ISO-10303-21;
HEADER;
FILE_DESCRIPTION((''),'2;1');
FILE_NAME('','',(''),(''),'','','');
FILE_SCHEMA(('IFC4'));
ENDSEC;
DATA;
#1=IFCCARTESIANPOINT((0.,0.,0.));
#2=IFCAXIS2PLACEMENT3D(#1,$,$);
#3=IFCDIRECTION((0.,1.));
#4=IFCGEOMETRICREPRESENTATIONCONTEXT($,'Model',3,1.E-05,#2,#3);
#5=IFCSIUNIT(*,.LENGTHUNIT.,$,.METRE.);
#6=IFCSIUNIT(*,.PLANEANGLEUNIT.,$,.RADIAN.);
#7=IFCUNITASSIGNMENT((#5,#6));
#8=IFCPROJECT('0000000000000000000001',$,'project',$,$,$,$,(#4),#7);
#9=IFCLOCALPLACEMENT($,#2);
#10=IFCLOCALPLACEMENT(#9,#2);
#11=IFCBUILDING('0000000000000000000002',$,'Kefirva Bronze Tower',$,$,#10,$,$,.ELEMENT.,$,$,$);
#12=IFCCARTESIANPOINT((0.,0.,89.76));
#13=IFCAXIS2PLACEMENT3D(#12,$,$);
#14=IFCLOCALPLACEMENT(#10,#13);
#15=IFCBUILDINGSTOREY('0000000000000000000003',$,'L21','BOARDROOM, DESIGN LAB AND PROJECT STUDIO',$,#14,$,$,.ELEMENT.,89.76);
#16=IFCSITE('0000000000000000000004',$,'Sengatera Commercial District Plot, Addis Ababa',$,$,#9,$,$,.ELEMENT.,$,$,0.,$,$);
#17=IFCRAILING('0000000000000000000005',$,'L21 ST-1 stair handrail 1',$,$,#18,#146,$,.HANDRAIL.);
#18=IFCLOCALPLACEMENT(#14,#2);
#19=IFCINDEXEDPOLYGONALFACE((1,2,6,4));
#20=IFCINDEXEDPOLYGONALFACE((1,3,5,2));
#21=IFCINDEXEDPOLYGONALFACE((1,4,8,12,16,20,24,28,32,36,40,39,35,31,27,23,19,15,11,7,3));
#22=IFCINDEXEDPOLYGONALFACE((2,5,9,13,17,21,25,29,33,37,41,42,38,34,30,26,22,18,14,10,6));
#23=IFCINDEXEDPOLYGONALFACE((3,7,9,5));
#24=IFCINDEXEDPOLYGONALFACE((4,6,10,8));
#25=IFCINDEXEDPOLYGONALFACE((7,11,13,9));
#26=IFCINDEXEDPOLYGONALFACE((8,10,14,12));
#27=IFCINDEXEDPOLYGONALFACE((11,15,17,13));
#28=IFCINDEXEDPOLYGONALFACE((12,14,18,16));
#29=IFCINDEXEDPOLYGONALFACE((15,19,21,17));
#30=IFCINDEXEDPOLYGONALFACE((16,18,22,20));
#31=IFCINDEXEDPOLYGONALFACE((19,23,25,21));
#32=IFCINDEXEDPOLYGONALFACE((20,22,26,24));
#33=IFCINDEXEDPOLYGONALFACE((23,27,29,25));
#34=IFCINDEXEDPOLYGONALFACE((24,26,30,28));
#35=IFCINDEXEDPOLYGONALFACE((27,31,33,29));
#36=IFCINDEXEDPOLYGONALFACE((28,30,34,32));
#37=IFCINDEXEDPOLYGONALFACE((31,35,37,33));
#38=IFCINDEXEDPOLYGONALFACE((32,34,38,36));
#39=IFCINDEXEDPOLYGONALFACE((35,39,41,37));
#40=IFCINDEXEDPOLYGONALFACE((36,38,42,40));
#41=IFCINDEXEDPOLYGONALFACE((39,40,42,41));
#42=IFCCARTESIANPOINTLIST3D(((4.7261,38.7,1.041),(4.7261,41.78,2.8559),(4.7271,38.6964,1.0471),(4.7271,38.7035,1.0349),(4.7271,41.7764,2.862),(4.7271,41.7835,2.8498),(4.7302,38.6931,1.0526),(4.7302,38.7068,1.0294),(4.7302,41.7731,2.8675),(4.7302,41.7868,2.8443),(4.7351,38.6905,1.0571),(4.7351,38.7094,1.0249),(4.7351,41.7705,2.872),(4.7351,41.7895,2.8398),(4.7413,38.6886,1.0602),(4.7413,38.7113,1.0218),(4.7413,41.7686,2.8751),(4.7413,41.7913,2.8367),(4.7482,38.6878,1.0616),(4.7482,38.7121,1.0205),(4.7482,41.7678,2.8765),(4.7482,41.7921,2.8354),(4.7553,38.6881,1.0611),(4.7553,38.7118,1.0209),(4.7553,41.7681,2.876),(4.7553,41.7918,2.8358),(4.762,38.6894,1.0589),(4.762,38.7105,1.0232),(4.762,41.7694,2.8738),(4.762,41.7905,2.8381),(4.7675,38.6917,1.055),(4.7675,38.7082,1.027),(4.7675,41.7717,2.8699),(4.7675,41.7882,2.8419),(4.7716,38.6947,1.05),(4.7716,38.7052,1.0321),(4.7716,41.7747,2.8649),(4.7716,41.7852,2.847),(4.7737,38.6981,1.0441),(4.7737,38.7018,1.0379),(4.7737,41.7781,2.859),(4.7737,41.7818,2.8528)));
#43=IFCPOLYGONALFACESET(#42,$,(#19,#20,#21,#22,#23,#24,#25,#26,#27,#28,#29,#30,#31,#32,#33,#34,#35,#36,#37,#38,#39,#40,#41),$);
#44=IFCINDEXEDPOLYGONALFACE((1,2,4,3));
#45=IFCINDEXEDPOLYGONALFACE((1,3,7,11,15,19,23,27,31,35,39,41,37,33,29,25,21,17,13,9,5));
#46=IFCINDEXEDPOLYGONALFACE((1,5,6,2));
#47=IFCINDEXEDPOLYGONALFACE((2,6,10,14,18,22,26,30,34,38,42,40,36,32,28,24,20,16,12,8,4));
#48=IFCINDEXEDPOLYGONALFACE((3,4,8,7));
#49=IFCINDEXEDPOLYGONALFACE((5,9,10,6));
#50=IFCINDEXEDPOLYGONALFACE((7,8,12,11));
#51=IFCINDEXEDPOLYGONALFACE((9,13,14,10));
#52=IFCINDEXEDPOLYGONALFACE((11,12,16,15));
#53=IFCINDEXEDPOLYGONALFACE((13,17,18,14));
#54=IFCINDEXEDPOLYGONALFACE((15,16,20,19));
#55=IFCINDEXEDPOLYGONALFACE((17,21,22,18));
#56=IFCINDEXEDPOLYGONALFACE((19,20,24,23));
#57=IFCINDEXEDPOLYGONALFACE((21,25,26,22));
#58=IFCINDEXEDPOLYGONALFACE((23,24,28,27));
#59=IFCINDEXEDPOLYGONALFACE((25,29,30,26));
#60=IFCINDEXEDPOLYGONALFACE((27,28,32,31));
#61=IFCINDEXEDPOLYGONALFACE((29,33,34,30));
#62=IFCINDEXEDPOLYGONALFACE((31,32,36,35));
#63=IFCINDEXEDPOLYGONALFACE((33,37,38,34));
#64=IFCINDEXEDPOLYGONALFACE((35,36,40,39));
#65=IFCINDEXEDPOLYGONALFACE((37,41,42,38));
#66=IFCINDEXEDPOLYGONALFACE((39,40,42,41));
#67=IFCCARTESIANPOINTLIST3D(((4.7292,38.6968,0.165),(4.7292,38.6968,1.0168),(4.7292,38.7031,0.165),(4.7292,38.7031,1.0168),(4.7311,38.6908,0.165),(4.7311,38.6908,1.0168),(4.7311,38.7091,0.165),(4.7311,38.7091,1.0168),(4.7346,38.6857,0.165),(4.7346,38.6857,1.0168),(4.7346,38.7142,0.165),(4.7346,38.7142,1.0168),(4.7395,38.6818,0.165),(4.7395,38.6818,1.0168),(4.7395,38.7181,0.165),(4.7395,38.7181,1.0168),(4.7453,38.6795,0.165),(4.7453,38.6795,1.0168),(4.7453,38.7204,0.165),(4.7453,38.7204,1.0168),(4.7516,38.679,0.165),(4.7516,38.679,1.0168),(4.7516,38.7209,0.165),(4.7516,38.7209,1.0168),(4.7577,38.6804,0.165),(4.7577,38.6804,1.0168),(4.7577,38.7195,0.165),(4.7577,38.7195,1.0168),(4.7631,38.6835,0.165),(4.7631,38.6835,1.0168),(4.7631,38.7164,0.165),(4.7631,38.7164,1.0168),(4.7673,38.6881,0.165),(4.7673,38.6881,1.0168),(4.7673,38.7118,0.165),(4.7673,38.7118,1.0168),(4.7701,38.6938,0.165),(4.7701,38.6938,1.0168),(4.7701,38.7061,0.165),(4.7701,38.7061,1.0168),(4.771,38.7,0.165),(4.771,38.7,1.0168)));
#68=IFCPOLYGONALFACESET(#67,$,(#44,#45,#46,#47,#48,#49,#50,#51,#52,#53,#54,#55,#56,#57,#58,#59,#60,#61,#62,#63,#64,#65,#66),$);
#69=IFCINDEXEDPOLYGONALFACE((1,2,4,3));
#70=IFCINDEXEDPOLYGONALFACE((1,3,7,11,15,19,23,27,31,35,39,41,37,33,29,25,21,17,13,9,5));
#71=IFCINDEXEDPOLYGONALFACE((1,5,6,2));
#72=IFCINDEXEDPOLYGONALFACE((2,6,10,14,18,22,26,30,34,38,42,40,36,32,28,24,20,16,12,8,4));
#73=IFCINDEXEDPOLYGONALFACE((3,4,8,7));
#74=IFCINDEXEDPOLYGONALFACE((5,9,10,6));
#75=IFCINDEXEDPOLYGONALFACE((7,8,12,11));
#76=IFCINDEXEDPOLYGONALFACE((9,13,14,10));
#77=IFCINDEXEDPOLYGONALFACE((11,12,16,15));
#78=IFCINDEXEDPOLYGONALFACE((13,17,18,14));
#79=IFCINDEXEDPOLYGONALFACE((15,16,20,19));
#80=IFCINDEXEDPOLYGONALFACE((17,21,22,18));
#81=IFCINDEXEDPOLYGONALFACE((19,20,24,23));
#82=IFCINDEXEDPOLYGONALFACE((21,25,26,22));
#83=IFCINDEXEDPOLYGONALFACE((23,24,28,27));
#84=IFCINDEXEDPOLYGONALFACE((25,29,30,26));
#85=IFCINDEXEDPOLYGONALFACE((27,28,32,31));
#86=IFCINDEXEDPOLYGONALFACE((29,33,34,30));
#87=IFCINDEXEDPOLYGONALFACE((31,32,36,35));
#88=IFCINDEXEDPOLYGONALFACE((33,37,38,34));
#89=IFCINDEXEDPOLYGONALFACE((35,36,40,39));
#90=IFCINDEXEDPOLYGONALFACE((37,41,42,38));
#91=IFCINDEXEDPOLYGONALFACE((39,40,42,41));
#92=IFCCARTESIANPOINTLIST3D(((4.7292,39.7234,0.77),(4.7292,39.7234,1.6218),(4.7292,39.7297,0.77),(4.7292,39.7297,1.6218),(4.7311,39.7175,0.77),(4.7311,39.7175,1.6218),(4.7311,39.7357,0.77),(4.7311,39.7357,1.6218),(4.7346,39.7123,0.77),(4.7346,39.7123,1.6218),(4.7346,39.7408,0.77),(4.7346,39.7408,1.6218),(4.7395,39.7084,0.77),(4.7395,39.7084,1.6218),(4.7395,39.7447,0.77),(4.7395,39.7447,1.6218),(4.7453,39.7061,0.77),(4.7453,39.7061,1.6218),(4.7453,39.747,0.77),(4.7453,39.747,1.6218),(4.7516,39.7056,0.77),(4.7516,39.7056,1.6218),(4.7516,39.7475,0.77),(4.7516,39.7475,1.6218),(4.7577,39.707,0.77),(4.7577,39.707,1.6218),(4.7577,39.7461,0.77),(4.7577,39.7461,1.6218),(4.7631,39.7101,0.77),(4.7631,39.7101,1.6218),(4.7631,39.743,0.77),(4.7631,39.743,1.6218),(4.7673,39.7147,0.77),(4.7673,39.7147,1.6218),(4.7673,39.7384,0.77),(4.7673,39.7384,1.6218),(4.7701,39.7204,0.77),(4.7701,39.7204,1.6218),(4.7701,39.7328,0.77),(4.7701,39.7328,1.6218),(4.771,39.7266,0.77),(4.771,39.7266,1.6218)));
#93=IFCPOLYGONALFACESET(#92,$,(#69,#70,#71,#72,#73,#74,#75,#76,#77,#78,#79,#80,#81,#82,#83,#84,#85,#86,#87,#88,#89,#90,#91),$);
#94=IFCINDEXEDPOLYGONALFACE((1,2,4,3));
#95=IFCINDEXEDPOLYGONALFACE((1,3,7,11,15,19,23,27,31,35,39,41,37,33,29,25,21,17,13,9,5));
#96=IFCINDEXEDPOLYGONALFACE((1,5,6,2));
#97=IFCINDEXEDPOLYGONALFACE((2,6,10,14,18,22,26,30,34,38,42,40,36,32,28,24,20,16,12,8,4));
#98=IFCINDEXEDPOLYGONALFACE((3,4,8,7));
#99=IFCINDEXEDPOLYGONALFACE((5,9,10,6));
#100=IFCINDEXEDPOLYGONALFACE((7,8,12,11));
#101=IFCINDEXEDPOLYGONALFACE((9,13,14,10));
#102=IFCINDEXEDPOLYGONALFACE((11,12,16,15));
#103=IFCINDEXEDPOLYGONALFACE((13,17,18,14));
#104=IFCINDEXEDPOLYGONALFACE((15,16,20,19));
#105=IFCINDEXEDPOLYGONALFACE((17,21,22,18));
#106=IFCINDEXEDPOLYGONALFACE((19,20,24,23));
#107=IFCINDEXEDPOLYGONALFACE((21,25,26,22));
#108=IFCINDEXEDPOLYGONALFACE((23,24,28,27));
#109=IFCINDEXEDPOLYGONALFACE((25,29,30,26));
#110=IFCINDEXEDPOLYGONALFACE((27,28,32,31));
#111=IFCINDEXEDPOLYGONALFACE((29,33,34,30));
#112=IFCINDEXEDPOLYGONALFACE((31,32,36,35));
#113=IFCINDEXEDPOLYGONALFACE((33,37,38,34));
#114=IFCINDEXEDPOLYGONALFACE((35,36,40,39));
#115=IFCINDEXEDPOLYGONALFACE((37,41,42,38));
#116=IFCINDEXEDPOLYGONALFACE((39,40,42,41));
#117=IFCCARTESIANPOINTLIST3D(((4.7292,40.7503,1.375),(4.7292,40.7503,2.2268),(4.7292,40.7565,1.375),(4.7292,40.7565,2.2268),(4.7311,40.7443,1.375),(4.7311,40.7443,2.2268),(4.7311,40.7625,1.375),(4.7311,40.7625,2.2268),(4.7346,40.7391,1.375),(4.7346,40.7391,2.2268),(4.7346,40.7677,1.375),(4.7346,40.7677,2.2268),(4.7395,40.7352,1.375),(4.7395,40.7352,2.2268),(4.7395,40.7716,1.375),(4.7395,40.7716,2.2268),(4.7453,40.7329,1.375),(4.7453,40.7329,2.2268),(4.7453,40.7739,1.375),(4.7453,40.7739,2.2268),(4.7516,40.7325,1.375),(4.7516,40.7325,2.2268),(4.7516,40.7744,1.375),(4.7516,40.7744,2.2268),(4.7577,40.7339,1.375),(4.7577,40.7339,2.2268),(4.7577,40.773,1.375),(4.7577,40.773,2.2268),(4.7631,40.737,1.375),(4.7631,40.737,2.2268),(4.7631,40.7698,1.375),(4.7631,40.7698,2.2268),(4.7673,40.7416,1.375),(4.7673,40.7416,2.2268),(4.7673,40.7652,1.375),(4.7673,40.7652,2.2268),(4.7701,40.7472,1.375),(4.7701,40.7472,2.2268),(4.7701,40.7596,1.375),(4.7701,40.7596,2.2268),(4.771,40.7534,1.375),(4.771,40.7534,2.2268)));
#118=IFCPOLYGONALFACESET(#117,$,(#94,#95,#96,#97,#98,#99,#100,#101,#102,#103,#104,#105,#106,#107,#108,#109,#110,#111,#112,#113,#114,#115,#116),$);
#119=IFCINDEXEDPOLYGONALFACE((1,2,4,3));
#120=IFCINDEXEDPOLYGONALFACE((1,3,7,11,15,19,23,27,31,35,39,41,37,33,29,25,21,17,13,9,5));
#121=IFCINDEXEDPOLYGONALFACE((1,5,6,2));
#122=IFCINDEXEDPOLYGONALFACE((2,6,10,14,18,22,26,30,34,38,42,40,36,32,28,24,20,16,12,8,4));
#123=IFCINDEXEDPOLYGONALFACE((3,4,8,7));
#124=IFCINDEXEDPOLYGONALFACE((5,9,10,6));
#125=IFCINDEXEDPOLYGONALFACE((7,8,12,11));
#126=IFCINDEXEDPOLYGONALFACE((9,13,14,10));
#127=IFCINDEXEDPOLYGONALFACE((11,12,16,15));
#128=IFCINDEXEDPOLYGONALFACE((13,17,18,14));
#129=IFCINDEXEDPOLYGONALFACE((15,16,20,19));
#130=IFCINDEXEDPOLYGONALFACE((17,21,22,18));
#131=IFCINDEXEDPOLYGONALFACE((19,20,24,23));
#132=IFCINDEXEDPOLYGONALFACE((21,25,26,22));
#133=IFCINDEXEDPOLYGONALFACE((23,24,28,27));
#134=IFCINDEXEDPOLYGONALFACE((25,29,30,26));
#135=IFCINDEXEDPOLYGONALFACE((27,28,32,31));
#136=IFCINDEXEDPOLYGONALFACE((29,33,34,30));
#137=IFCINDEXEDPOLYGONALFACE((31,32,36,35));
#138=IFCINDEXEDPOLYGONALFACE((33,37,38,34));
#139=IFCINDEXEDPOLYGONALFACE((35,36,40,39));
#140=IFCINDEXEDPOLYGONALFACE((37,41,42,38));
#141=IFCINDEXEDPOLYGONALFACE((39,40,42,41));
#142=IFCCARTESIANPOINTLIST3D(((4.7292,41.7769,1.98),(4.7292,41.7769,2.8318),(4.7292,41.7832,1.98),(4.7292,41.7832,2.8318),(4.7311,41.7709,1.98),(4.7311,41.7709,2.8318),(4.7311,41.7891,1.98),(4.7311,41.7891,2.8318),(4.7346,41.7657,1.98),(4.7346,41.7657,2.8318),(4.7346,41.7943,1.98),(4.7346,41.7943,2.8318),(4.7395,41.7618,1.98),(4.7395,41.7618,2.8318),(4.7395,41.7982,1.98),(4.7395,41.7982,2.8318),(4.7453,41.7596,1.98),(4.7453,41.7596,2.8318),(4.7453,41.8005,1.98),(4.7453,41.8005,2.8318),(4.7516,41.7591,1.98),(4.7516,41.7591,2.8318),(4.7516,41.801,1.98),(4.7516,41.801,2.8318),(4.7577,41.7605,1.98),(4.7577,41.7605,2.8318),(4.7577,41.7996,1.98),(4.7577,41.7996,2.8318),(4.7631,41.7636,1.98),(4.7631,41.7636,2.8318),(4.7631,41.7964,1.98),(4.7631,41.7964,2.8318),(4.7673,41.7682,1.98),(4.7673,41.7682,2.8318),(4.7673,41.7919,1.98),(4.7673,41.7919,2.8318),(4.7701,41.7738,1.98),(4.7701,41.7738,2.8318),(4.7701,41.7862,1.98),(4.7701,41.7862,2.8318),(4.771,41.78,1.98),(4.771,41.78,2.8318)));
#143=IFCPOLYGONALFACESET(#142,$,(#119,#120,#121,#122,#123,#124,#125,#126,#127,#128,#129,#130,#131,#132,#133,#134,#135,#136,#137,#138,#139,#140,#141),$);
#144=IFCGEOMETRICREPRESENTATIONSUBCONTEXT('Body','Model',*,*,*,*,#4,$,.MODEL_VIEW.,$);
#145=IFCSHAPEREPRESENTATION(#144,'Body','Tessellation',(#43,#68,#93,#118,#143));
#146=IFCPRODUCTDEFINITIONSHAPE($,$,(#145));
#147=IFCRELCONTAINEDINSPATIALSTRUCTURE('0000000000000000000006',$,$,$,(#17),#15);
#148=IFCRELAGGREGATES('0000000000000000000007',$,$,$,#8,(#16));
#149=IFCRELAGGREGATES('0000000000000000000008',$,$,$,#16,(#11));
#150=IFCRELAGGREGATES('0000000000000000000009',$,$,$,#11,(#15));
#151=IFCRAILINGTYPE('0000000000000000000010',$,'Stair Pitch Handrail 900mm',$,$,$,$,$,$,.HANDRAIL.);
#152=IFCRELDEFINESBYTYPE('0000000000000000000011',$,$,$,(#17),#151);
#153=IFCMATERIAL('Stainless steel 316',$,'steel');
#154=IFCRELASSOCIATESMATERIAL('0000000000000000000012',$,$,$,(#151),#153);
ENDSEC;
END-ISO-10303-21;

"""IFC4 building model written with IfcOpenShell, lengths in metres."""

from ifc_helpers import new_model, si_unit, direction, frame, origin, origin_2d, place, context, subcontext, project, spatial, circle, extrude, material, type_object, element, save


model = new_model("IFC4")

# Units and contexts
model_context = context("Model", 3, precision=1e-05, world=origin(), true_north=direction((0.0, 1.0)))
body_context = subcontext(model_context, "Body", "Model", "MODEL_VIEW")
ifc_project = project(units=[si_unit("LENGTHUNIT", "METRE"), si_unit("PLANEANGLEUNIT", "RADIAN")], contexts=[model_context])

# Site, building, storey
site_placement = place(None, origin())
site = spatial("IfcSite", under=ifc_project, at=site_placement, Name="Sengatera Commercial District Plot, Addis Ababa", CompositionType="ELEMENT", RefElevation=0.0)
building_placement = place(site_placement, origin())
building = spatial("IfcBuilding", under=site, at=building_placement, Name="Kefirva Bronze Tower", CompositionType="ELEMENT")
storey_placement = place(building_placement, frame((0.0, 0.0, 89.76)))
storey = spatial("IfcBuildingStorey", under=building, at=storey_placement, Name="L21", Description="BOARDROOM, DESIGN LAB AND PROJECT STUDIO", CompositionType="ELEMENT", Elevation=89.76)

# Railing
ifc_material_1 = material(Name="Stainless steel 316", Category="steel")
railing_type_1 = type_object("IfcRailingType", Name="Stair Pitch Handrail 900mm", PredefinedType="HANDRAIL", material=ifc_material_1)
railing_1_placement = place(storey_placement, frame((4.75, 38.7, 0.165)))
element("IfcRailing", 1, at=railing_1_placement, inside=storey, type_object=railing_type_1, Name="L21 ST-1 stair handrail 1", PredefinedType="HANDRAIL", context=body_context, shape_type="SweptSolid", body=[
    extrude(circle(Radius=0.0239, at=origin_2d()), frame((0.0, 0.0, 0.876), z_axis=(0.0, 0.861551, 0.507671), x_axis=(-1.0, 0.0, 0.0)), (0.0, 0.0, 1.0), 3.575),
    extrude(circle(Radius=0.021, at=origin_2d()), origin(), (0.0, 0.0, 1.0), 0.8518),
    extrude(circle(Radius=0.021, at=origin_2d()), frame((0.0, 1.0266, 0.605)), (0.0, 0.0, 1.0), 0.8518),
    extrude(circle(Radius=0.021, at=origin_2d()), frame((0.0, 2.0535, 1.21)), (0.0, 0.0, 1.0), 0.8518),
    extrude(circle(Radius=0.021, at=origin_2d()), frame((0.0, 3.0801, 1.8149)), (0.0, 0.0, 1.0), 0.8518),
])

save(model, "model.ifc")
